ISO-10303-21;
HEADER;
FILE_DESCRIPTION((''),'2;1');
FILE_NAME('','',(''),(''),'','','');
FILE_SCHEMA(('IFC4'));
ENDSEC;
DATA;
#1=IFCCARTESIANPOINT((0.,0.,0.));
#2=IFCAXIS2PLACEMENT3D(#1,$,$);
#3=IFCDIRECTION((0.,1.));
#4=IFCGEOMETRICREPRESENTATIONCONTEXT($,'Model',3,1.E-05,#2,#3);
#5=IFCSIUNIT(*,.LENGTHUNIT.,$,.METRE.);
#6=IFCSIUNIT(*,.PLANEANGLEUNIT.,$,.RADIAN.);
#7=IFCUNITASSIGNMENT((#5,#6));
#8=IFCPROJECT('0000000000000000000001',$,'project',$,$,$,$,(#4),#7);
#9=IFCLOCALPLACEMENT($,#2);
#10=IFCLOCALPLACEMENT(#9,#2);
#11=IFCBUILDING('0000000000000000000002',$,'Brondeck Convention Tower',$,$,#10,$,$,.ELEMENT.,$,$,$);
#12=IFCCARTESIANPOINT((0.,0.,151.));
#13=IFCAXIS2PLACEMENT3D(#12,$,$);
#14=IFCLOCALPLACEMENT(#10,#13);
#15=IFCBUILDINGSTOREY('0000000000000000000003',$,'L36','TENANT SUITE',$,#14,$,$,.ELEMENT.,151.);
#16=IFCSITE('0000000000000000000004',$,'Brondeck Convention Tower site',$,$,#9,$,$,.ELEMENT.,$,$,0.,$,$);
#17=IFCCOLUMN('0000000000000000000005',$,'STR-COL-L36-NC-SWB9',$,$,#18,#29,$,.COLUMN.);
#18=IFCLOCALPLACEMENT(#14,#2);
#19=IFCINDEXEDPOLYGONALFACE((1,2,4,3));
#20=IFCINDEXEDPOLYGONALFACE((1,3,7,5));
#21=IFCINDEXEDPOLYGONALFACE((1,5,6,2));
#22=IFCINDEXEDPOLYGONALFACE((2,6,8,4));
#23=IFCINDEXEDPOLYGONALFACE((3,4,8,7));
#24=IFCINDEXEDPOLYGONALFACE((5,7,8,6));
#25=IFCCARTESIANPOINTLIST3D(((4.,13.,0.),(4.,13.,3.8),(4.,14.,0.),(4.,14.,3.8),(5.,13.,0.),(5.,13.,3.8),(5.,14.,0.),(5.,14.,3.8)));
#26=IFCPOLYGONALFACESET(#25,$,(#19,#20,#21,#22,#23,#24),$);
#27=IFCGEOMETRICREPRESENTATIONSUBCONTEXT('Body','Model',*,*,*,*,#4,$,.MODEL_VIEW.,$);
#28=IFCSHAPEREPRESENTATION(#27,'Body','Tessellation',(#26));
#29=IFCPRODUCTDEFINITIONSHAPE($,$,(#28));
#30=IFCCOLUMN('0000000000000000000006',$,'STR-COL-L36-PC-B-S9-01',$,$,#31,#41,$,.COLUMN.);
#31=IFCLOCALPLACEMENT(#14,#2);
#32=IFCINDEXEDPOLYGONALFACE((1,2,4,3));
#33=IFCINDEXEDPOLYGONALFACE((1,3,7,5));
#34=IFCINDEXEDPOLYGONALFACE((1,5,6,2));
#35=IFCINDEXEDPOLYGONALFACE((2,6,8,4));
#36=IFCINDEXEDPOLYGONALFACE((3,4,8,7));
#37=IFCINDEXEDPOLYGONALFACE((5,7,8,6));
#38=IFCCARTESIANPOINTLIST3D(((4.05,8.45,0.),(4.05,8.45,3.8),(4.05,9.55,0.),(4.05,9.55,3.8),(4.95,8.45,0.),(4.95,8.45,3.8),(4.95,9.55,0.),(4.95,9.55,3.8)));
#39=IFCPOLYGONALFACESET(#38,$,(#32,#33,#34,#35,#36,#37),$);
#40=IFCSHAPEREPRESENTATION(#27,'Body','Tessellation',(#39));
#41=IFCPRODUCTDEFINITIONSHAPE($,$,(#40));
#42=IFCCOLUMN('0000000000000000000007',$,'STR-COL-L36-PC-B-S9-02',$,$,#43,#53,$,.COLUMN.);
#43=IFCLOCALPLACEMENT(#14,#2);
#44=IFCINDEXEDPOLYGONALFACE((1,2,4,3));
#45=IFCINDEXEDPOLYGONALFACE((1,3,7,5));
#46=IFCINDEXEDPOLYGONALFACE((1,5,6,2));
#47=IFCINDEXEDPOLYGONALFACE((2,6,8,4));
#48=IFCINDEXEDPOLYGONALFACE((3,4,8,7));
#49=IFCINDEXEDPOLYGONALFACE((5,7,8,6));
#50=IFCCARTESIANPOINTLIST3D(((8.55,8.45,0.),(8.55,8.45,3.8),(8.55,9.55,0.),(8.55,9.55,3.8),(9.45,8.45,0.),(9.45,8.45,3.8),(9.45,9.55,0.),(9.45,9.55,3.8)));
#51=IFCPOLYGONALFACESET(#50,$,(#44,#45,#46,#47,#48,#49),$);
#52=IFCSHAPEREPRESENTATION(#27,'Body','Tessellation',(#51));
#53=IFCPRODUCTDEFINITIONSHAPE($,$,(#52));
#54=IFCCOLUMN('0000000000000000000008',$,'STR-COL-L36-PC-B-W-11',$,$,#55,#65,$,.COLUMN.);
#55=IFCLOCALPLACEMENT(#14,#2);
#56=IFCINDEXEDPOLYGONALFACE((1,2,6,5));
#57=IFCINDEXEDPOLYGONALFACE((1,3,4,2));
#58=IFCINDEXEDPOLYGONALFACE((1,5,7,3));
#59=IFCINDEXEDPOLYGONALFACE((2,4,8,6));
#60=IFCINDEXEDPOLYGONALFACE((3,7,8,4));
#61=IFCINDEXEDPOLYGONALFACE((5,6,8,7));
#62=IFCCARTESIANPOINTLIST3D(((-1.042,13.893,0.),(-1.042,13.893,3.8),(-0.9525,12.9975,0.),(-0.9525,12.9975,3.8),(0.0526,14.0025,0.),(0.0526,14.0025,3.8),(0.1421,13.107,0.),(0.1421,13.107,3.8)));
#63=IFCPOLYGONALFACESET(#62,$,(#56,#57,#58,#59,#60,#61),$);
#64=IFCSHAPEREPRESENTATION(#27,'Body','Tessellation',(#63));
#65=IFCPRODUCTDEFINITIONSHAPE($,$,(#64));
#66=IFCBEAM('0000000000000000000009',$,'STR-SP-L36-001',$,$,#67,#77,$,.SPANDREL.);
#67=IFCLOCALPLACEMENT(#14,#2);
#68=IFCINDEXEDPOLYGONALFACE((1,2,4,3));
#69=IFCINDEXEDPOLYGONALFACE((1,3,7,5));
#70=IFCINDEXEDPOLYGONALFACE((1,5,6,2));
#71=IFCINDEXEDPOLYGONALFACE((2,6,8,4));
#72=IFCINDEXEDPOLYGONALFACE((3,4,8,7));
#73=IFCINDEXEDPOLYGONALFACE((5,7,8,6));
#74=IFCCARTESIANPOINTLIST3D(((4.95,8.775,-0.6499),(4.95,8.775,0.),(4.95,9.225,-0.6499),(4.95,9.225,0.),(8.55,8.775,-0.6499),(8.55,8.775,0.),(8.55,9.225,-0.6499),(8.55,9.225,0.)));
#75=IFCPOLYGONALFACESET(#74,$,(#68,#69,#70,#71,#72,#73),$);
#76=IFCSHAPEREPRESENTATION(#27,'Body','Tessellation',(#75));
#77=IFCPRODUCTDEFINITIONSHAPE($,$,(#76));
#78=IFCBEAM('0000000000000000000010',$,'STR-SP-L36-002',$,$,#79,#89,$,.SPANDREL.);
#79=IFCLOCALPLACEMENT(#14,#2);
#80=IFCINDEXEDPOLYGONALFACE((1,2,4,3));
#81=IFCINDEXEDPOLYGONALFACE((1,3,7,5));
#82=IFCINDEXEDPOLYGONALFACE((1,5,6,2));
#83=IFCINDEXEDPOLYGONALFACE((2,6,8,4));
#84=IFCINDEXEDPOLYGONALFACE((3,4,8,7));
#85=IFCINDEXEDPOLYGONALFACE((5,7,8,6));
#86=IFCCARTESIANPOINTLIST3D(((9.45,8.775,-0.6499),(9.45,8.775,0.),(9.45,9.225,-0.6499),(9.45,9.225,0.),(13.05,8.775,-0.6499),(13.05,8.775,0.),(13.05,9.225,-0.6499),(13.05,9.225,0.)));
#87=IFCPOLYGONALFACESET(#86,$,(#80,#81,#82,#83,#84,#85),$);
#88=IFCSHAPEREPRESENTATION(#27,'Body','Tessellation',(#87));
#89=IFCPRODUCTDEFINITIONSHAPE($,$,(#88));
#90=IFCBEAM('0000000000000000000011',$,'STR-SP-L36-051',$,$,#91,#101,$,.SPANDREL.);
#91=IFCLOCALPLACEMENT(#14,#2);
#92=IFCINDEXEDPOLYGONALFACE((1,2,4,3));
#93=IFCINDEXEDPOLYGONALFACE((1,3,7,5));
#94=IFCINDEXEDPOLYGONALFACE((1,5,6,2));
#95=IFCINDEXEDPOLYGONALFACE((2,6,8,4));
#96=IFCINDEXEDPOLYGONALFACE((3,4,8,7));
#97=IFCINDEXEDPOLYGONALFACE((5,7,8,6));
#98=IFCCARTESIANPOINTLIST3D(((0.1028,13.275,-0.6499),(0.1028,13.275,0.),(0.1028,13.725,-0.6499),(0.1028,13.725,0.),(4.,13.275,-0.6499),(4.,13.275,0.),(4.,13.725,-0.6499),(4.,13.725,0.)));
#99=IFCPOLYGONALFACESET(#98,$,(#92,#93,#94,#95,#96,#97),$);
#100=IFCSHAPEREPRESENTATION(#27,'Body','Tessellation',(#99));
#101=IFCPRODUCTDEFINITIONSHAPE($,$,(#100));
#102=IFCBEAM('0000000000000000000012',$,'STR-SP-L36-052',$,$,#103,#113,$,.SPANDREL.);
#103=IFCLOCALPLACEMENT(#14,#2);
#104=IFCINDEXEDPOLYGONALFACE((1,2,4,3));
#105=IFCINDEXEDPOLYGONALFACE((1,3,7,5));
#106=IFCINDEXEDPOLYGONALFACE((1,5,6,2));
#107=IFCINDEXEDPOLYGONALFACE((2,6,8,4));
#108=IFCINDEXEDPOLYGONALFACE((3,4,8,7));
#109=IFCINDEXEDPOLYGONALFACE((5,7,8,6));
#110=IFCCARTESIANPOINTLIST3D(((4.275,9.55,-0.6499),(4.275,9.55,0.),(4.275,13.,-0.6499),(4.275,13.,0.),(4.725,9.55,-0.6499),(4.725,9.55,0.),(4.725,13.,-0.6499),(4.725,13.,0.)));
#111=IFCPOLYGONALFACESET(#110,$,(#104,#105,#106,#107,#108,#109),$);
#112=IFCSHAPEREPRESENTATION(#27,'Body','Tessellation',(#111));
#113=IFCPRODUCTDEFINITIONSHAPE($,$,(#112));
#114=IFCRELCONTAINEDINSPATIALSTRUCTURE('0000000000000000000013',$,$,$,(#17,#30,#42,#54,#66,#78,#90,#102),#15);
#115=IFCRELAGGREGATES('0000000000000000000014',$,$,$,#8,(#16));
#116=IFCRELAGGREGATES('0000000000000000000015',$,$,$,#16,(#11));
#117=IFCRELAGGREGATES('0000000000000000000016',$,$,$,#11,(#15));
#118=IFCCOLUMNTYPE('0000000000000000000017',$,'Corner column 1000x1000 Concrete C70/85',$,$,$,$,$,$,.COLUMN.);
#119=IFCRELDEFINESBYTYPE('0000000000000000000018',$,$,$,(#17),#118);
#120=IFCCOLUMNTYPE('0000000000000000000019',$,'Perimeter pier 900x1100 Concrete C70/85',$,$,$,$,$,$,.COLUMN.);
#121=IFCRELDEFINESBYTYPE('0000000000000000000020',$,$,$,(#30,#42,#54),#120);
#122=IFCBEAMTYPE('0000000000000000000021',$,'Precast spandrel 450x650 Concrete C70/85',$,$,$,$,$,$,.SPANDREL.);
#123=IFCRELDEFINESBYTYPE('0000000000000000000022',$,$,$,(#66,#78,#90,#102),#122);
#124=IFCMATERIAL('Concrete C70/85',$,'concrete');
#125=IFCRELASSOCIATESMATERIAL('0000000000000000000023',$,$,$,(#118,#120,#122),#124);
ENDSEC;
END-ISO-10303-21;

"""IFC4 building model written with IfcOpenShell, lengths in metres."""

from ifc_helpers import new_model, si_unit, direction, frame, origin, origin_2d, place, context, subcontext, project, spatial, rectangle, extrude, material, material_profile, profile_set, type_object, element, save


model = new_model("IFC4")

# Units and contexts
model_context = context("Model", 3, precision=1e-05, world=origin(), true_north=direction((0.0, 1.0)))
body_context = subcontext(model_context, "Body", "Model", "MODEL_VIEW")
ifc_project = project(units=[si_unit("LENGTHUNIT", "METRE"), si_unit("PLANEANGLEUNIT", "RADIAN")], contexts=[model_context])

# Site, building, storey
site_placement = place(None, origin())
site = spatial("IfcSite", under=ifc_project, at=site_placement, Name="Brondeck Convention Tower site", CompositionType="ELEMENT", RefElevation=0.0)
building_placement = place(site_placement, origin())
building = spatial("IfcBuilding", under=site, at=building_placement, Name="Brondeck Convention Tower", CompositionType="ELEMENT")
storey_placement = place(building_placement, frame((0.0, 0.0, 151.0)))
storey = spatial("IfcBuildingStorey", under=building, at=storey_placement, Name="L36", Description="TENANT SUITE", CompositionType="ELEMENT", Elevation=151.0)

# Columns
ifc_material_1 = material(Name="Concrete C70/85", Category="concrete")
ifc_material_profile_1 = material_profile(ifc_material_1, rectangle(XDim=1.0, YDim=1.0, at=origin_2d()), Name="Corner column 1000x1000 Concrete C70/85")
ifc_profile_set_1 = profile_set([ifc_material_profile_1], Name="Concrete C70/85")
column_type_1 = type_object("IfcColumnType", Name="Corner column 1000x1000 Concrete C70/85", PredefinedType="COLUMN", material=ifc_profile_set_1)
column_placement = place(storey_placement, frame((4.5, 13.5, 0.0), z_axis=(0.0, 0.0, 1.0), x_axis=(1.0, 0.0, 0.0)))
element("IfcColumn", 1, at=column_placement, inside=storey, type_object=column_type_1, Name="STR-COL-L36-NC-SWB9", PredefinedType="COLUMN", context=body_context, shape_type="SweptSolid", body=[
    extrude(rectangle(XDim=1.0, YDim=1.0, at=origin_2d()), origin(), (0.0, 0.0, 1.0), 3.8),
])
ifc_material_profile_2 = material_profile(ifc_material_1, rectangle(XDim=0.8999, YDim=1.1001, at=origin_2d()), Name="Perimeter pier 900x1100 Concrete C70/85")
ifc_profile_set_2 = profile_set([ifc_material_profile_2], Name="Concrete C70/85")
column_type_2 = type_object("IfcColumnType", Name="Perimeter pier 900x1100 Concrete C70/85", PredefinedType="COLUMN", material=ifc_profile_set_2)
for number, where, z_axis, x_axis, name in (
    (2, (4.5, 9.0, 0.0), (0.0, 0.0, 1.0), (1.0, 0.0, 0.0), "STR-COL-L36-PC-B-S9-01"),
    (3, (9.0, 9.0, 0.0), (0.0, 0.0, 1.0), (1.0, 0.0, 0.0), "STR-COL-L36-PC-B-S9-02"),
    (4, (-0.45, 13.5, 0.0), (0.0, 0.0, 1.0), (0.099504, -0.995037, 0.0), "STR-COL-L36-PC-B-W-11"),
):
    element("IfcColumn", number, at=place(storey_placement, frame(where, z_axis=z_axis, x_axis=x_axis)), inside=storey, type_object=column_type_2, Name=name, PredefinedType="COLUMN", context=body_context, shape_type="SweptSolid", body=[
        extrude(rectangle(XDim=0.8999, YDim=1.1001, at=origin_2d()), origin(), (0.0, 0.0, 1.0), 3.8),
    ])

# Beams
ifc_material_profile_3 = material_profile(ifc_material_1, rectangle(XDim=0.45, YDim=0.6499, at=origin_2d()), Name="Precast spandrel 450x650 Concrete C70/85")
ifc_profile_set_3 = profile_set([ifc_material_profile_3], Name="Concrete C70/85")
beam_type = type_object("IfcBeamType", Name="Precast spandrel 450x650 Concrete C70/85", PredefinedType="SPANDREL", material=ifc_profile_set_3)
for number, where, z_axis, x_axis, name in (
    (5, (4.95, 9.0, -0.325), (1.0, 0.0, 0.0), (0.0, 1.0, 0.0), "STR-SP-L36-001"),
    (6, (9.45, 9.0, -0.325), (1.0, 0.0, 0.0), (0.0, 1.0, 0.0), "STR-SP-L36-002"),
):
    element("IfcBeam", number, at=place(storey_placement, frame(where, z_axis=z_axis, x_axis=x_axis)), inside=storey, type_object=beam_type, Name=name, PredefinedType="SPANDREL", context=body_context, shape_type="SweptSolid", body=[
        extrude(rectangle(XDim=0.45, YDim=0.6499, at=origin_2d()), origin(), (0.0, 0.0, 1.0), 3.6001),
    ])
beam_1_placement = place(storey_placement, frame((0.1028, 13.5, -0.325), z_axis=(1.0, 0.0, 0.0), x_axis=(0.0, 1.0, 0.0)))
element("IfcBeam", 7, at=beam_1_placement, inside=storey, type_object=beam_type, Name="STR-SP-L36-051", PredefinedType="SPANDREL", context=body_context, shape_type="SweptSolid", body=[
    extrude(rectangle(XDim=0.45, YDim=0.6499, at=origin_2d()), origin(), (0.0, 0.0, 1.0), 3.8972),
])
beam_2_placement = place(storey_placement, frame((4.5, 13.0, -0.325), z_axis=(0.0, -1.0, 0.0), x_axis=(1.0, 0.0, 0.0)))
element("IfcBeam", 8, at=beam_2_placement, inside=storey, type_object=beam_type, Name="STR-SP-L36-052", PredefinedType="SPANDREL", context=body_context, shape_type="SweptSolid", body=[
    extrude(rectangle(XDim=0.45, YDim=0.6499, at=origin_2d()), origin(), (0.0, 0.0, 1.0), 3.45),
])

save(model, "model.ifc")
